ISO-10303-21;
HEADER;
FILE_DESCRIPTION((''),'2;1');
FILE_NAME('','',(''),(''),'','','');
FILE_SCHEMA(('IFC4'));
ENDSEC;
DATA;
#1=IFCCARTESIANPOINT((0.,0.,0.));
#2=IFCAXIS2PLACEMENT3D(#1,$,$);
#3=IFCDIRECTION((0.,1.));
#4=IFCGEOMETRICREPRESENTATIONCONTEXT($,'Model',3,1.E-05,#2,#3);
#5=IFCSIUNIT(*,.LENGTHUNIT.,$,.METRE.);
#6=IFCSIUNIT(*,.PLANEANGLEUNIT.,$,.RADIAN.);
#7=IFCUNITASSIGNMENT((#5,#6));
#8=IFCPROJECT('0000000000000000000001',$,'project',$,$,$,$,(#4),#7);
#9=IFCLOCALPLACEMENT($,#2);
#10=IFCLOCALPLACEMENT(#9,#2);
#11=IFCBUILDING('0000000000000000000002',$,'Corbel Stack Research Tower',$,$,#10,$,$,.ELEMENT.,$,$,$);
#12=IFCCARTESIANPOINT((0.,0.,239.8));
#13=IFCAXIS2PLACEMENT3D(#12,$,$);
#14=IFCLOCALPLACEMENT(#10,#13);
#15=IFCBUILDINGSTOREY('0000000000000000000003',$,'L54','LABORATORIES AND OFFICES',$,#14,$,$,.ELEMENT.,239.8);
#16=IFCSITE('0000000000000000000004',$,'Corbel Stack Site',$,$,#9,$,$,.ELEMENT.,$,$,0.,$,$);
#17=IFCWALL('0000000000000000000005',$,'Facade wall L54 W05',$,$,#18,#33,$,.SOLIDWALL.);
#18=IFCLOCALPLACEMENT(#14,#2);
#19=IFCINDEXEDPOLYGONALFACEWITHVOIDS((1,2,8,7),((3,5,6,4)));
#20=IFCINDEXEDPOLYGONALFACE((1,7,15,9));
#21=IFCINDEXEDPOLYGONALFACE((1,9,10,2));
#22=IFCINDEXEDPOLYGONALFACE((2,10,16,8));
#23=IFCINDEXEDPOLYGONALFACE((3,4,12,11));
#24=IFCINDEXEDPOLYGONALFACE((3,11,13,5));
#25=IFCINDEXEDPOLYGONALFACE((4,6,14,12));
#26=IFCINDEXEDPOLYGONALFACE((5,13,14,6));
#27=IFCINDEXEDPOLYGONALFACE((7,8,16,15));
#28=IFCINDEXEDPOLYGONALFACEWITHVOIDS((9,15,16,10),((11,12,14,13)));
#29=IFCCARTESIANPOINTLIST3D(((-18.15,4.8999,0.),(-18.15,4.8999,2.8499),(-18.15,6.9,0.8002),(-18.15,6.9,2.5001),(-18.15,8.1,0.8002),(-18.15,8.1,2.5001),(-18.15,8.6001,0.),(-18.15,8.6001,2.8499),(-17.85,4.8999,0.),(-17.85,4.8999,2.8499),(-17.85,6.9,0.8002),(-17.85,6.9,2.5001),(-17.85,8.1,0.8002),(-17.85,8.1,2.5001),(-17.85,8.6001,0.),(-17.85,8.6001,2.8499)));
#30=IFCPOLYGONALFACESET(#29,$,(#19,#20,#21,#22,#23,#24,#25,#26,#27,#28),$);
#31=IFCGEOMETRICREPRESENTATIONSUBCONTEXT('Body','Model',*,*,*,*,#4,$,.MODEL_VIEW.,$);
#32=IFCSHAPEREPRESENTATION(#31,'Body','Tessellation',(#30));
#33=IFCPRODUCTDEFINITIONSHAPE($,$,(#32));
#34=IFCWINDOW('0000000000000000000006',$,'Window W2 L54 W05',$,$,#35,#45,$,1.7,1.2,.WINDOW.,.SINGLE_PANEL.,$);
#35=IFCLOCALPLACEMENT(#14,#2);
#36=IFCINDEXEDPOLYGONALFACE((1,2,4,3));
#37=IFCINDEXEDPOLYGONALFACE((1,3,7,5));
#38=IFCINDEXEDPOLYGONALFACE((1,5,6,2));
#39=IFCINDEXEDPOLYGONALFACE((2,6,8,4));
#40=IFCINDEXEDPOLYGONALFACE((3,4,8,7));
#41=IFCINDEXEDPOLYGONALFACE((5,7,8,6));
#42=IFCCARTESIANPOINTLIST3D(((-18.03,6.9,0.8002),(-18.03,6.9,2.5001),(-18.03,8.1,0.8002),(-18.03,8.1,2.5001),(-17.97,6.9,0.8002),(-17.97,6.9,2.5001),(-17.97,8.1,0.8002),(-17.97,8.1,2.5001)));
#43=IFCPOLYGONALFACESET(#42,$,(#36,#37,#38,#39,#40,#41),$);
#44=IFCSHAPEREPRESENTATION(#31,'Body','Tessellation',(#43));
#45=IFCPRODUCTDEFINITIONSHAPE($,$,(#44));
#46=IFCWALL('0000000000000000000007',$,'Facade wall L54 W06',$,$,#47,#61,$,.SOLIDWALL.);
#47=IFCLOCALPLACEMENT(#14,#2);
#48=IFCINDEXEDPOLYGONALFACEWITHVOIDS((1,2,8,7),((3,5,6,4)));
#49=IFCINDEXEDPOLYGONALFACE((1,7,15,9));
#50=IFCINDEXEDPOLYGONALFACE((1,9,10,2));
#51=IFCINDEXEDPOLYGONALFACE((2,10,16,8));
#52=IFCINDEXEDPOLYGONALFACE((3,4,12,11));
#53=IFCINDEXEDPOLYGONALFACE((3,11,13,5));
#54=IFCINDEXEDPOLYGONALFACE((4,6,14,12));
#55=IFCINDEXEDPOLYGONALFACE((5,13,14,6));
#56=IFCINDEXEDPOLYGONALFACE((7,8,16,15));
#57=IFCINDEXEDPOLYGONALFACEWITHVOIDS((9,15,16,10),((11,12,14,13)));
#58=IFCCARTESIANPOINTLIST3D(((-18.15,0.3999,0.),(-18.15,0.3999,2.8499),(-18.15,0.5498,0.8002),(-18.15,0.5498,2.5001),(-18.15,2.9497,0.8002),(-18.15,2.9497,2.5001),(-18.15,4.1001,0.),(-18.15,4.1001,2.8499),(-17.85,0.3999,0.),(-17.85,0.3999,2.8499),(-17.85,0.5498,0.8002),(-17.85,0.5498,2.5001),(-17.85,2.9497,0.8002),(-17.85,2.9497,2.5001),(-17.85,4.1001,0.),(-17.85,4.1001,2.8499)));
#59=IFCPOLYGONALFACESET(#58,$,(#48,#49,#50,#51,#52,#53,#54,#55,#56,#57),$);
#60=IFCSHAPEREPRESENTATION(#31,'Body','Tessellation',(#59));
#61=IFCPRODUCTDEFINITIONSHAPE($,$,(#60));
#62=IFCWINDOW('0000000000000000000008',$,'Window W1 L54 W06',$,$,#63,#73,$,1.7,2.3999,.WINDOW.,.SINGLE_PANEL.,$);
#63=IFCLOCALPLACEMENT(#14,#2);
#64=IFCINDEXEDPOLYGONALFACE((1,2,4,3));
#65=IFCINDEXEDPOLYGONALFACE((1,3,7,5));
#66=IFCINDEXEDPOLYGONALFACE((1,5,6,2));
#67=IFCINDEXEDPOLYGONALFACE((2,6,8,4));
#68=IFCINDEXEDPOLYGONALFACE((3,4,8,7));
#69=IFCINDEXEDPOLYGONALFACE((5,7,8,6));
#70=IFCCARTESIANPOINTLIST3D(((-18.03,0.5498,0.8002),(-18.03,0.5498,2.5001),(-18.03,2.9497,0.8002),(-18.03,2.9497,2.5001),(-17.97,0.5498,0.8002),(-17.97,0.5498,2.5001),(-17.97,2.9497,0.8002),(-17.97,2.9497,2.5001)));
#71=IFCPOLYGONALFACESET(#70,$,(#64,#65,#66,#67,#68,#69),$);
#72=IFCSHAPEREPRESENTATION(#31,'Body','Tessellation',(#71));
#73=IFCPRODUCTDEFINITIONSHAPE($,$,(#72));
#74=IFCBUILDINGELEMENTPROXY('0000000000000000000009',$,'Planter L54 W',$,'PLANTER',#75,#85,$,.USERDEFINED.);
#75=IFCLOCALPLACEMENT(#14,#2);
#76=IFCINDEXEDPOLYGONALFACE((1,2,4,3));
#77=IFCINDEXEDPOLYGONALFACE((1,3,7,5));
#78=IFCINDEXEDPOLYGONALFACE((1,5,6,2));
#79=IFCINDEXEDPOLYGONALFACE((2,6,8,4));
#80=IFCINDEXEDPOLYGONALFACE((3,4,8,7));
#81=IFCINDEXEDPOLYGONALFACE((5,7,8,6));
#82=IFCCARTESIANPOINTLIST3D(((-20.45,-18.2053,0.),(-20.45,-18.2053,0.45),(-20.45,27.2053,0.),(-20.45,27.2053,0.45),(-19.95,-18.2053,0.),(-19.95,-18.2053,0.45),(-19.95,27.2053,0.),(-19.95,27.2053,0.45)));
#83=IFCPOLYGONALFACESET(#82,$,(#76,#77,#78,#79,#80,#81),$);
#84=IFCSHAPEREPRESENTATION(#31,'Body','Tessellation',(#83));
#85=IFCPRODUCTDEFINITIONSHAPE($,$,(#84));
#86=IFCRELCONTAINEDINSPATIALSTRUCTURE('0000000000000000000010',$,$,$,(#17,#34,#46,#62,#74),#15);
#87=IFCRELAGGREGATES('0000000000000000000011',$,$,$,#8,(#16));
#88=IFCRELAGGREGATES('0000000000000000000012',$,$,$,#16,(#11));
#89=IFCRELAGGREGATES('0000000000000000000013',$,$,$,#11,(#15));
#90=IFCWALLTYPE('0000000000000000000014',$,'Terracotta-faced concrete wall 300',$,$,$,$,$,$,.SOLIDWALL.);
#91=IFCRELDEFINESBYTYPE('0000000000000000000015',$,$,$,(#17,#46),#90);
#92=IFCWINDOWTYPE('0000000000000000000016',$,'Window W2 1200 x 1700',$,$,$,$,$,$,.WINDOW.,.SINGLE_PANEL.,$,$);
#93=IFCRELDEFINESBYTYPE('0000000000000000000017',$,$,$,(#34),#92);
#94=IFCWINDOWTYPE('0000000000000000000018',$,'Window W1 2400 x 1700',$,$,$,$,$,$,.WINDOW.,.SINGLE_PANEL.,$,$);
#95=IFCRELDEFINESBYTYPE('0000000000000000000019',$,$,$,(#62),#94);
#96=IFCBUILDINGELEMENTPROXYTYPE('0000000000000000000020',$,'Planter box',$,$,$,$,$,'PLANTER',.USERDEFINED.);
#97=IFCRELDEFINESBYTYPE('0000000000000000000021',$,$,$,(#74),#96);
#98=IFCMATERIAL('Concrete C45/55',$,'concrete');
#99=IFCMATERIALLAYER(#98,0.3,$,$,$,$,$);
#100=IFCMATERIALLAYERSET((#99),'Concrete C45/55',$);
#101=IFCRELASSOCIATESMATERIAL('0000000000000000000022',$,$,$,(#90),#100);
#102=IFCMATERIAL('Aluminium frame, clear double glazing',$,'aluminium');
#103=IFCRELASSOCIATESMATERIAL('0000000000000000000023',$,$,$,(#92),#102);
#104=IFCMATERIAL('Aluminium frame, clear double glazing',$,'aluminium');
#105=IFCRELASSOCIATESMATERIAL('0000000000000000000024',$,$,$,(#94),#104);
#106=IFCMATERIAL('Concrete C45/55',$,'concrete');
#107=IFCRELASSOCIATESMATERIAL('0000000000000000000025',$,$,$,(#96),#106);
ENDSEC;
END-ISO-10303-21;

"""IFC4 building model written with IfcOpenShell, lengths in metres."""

from ifc_helpers import new_model, si_unit, direction, frame, frame_2d, origin, origin_2d, place, context, subcontext, project, spatial, rectangle, extrude, material, layer, layer_set, type_object, element, fill, save


model = new_model("IFC4")

# Units and contexts
model_context = context("Model", 3, precision=1e-05, world=origin(), true_north=direction((0.0, 1.0)))
body_context = subcontext(model_context, "Body", "Model", "MODEL_VIEW")
ifc_project = project(units=[si_unit("LENGTHUNIT", "METRE"), si_unit("PLANEANGLEUNIT", "RADIAN")], contexts=[model_context])

# Site, building, storey
site_placement = place(None, origin())
site = spatial("IfcSite", under=ifc_project, at=site_placement, Name="Corbel Stack Site", CompositionType="ELEMENT", RefElevation=0.0)
building_placement = place(site_placement, origin())
building = spatial("IfcBuilding", under=site, at=building_placement, Name="Corbel Stack Research Tower", CompositionType="ELEMENT")
storey_placement = place(building_placement, frame((0.0, 0.0, 239.8)))
storey = spatial("IfcBuildingStorey", under=building, at=storey_placement, Name="L54", Description="LABORATORIES AND OFFICES", CompositionType="ELEMENT", Elevation=239.8)

# Walls, openings, windows
ifc_material_1 = material(Name="Concrete C45/55", Category="concrete")
ifc_layer_1 = layer(ifc_material_1, 0.3)
ifc_layer_set_1 = layer_set([ifc_layer_1], Name="Concrete C45/55")
wall_type_1 = type_object("IfcWallType", Name="Terracotta-faced concrete wall 300", PredefinedType="SOLIDWALL", material=ifc_layer_set_1)
wall_1_placement = place(storey_placement, frame((-18.0, 4.8999, 0.0), z_axis=(0.0, 0.0, 1.0), x_axis=(0.0, 1.0, 0.0)))
wall_1 = element("IfcWall", 1, at=wall_1_placement, inside=storey, type_object=wall_type_1, Name="Facade wall L54 W05", PredefinedType="SOLIDWALL", context=body_context, shape_type="SweptSolid", body=[
    extrude(rectangle(XDim=3.7002, YDim=0.3, at=frame_2d((1.8501, 0.0))), origin(), (0.0, 0.0, 1.0), 2.8499),
])
opening_1_placement = place(wall_1_placement, frame((2.0, 0.0, 0.8)))
opening_1 = element("IfcOpeningElement", 2, at=opening_1_placement, cuts=wall_1, PredefinedType="OPENING", context=body_context, shape_type="SweptSolid", body=[
    extrude(rectangle(XDim=1.2, YDim=1.7, at=frame_2d((0.6001, 0.8501))), frame((0.0, 0.1599, 0.0), z_axis=(0.0, -1.0, 0.0), x_axis=(1.0, 0.0, 0.0)), (0.0, 0.0, 1.0), 0.3201),
])
ifc_material_2 = material(Name="Aluminium frame, clear double glazing", Category="aluminium")
window_type_1 = type_object("IfcWindowType", Name="Window W2 1200 x 1700", PartitioningType="SINGLE_PANEL", PredefinedType="WINDOW", material=ifc_material_2)
window_1_placement = place(opening_1_placement, origin())
window_1 = element("IfcWindow", 3, at=window_1_placement, inside=storey, type_object=window_type_1, Name="Window W2 L54 W05", OverallHeight=1.7, OverallWidth=1.2, PartitioningType="SINGLE_PANEL", PredefinedType="WINDOW", context=body_context, shape_type="SweptSolid", body=[
    extrude(rectangle(XDim=1.2, YDim=1.7, at=frame_2d((0.6001, 0.8501))), frame((0.0, 0.03, 0.0), z_axis=(0.0, -1.0, 0.0), x_axis=(1.0, 0.0, 0.0)), (0.0, 0.0, 1.0), 0.0601),
])
fill(opening_1, window_1)
wall_2_placement = place(storey_placement, frame((-18.0, 0.3999, 0.0), z_axis=(0.0, 0.0, 1.0), x_axis=(0.0, 1.0, 0.0)))
wall_2 = element("IfcWall", 4, at=wall_2_placement, inside=storey, type_object=wall_type_1, Name="Facade wall L54 W06", PredefinedType="SOLIDWALL", context=body_context, shape_type="SweptSolid", body=[
    extrude(rectangle(XDim=3.7002, YDim=0.3, at=frame_2d((1.8501, 0.0))), origin(), (0.0, 0.0, 1.0), 2.8499),
])
opening_2_placement = place(wall_2_placement, frame((0.1499, 0.0, 0.8)))
opening_2 = element("IfcOpeningElement", 5, at=opening_2_placement, cuts=wall_2, PredefinedType="OPENING", context=body_context, shape_type="SweptSolid", body=[
    extrude(rectangle(XDim=2.3999, YDim=1.7, at=frame_2d((1.2, 0.8501))), frame((0.0, 0.1599, 0.0), z_axis=(0.0, -1.0, 0.0), x_axis=(1.0, 0.0, 0.0)), (0.0, 0.0, 1.0), 0.3201),
])
ifc_material_3 = material(Name="Aluminium frame, clear double glazing", Category="aluminium")
window_type_2 = type_object("IfcWindowType", Name="Window W1 2400 x 1700", PartitioningType="SINGLE_PANEL", PredefinedType="WINDOW", material=ifc_material_3)
window_2_placement = place(opening_2_placement, origin())
window_2 = element("IfcWindow", 6, at=window_2_placement, inside=storey, type_object=window_type_2, Name="Window W1 L54 W06", OverallHeight=1.7, OverallWidth=2.3999, PartitioningType="SINGLE_PANEL", PredefinedType="WINDOW", context=body_context, shape_type="SweptSolid", body=[
    extrude(rectangle(XDim=2.3999, YDim=1.7, at=frame_2d((1.2, 0.8501))), frame((0.0, 0.03, 0.0), z_axis=(0.0, -1.0, 0.0), x_axis=(1.0, 0.0, 0.0)), (0.0, 0.0, 1.0), 0.0601),
])
fill(opening_2, window_2)

# Building element proxy
ifc_material_4 = material(Name="Concrete C45/55", Category="concrete")
building_element_proxy_type = type_object("IfcBuildingElementProxyType", Name="Planter box", ElementType="PLANTER", PredefinedType="USERDEFINED", material=ifc_material_4)
proxy_placement = place(storey_placement, frame((-20.2, 4.5, 0.0), z_axis=(0.0, 0.0, 1.0), x_axis=(0.0, -1.0, 0.0)))
element("IfcBuildingElementProxy", 7, at=proxy_placement, inside=storey, type_object=building_element_proxy_type, Name="Planter L54 W", ObjectType="PLANTER", PredefinedType="USERDEFINED", context=body_context, shape_type="SweptSolid", body=[
    extrude(rectangle(XDim=45.4106, YDim=0.5, at=origin_2d()), origin(), (0.0, 0.0, 1.0), 0.45),
])

save(model, "model.ifc")
